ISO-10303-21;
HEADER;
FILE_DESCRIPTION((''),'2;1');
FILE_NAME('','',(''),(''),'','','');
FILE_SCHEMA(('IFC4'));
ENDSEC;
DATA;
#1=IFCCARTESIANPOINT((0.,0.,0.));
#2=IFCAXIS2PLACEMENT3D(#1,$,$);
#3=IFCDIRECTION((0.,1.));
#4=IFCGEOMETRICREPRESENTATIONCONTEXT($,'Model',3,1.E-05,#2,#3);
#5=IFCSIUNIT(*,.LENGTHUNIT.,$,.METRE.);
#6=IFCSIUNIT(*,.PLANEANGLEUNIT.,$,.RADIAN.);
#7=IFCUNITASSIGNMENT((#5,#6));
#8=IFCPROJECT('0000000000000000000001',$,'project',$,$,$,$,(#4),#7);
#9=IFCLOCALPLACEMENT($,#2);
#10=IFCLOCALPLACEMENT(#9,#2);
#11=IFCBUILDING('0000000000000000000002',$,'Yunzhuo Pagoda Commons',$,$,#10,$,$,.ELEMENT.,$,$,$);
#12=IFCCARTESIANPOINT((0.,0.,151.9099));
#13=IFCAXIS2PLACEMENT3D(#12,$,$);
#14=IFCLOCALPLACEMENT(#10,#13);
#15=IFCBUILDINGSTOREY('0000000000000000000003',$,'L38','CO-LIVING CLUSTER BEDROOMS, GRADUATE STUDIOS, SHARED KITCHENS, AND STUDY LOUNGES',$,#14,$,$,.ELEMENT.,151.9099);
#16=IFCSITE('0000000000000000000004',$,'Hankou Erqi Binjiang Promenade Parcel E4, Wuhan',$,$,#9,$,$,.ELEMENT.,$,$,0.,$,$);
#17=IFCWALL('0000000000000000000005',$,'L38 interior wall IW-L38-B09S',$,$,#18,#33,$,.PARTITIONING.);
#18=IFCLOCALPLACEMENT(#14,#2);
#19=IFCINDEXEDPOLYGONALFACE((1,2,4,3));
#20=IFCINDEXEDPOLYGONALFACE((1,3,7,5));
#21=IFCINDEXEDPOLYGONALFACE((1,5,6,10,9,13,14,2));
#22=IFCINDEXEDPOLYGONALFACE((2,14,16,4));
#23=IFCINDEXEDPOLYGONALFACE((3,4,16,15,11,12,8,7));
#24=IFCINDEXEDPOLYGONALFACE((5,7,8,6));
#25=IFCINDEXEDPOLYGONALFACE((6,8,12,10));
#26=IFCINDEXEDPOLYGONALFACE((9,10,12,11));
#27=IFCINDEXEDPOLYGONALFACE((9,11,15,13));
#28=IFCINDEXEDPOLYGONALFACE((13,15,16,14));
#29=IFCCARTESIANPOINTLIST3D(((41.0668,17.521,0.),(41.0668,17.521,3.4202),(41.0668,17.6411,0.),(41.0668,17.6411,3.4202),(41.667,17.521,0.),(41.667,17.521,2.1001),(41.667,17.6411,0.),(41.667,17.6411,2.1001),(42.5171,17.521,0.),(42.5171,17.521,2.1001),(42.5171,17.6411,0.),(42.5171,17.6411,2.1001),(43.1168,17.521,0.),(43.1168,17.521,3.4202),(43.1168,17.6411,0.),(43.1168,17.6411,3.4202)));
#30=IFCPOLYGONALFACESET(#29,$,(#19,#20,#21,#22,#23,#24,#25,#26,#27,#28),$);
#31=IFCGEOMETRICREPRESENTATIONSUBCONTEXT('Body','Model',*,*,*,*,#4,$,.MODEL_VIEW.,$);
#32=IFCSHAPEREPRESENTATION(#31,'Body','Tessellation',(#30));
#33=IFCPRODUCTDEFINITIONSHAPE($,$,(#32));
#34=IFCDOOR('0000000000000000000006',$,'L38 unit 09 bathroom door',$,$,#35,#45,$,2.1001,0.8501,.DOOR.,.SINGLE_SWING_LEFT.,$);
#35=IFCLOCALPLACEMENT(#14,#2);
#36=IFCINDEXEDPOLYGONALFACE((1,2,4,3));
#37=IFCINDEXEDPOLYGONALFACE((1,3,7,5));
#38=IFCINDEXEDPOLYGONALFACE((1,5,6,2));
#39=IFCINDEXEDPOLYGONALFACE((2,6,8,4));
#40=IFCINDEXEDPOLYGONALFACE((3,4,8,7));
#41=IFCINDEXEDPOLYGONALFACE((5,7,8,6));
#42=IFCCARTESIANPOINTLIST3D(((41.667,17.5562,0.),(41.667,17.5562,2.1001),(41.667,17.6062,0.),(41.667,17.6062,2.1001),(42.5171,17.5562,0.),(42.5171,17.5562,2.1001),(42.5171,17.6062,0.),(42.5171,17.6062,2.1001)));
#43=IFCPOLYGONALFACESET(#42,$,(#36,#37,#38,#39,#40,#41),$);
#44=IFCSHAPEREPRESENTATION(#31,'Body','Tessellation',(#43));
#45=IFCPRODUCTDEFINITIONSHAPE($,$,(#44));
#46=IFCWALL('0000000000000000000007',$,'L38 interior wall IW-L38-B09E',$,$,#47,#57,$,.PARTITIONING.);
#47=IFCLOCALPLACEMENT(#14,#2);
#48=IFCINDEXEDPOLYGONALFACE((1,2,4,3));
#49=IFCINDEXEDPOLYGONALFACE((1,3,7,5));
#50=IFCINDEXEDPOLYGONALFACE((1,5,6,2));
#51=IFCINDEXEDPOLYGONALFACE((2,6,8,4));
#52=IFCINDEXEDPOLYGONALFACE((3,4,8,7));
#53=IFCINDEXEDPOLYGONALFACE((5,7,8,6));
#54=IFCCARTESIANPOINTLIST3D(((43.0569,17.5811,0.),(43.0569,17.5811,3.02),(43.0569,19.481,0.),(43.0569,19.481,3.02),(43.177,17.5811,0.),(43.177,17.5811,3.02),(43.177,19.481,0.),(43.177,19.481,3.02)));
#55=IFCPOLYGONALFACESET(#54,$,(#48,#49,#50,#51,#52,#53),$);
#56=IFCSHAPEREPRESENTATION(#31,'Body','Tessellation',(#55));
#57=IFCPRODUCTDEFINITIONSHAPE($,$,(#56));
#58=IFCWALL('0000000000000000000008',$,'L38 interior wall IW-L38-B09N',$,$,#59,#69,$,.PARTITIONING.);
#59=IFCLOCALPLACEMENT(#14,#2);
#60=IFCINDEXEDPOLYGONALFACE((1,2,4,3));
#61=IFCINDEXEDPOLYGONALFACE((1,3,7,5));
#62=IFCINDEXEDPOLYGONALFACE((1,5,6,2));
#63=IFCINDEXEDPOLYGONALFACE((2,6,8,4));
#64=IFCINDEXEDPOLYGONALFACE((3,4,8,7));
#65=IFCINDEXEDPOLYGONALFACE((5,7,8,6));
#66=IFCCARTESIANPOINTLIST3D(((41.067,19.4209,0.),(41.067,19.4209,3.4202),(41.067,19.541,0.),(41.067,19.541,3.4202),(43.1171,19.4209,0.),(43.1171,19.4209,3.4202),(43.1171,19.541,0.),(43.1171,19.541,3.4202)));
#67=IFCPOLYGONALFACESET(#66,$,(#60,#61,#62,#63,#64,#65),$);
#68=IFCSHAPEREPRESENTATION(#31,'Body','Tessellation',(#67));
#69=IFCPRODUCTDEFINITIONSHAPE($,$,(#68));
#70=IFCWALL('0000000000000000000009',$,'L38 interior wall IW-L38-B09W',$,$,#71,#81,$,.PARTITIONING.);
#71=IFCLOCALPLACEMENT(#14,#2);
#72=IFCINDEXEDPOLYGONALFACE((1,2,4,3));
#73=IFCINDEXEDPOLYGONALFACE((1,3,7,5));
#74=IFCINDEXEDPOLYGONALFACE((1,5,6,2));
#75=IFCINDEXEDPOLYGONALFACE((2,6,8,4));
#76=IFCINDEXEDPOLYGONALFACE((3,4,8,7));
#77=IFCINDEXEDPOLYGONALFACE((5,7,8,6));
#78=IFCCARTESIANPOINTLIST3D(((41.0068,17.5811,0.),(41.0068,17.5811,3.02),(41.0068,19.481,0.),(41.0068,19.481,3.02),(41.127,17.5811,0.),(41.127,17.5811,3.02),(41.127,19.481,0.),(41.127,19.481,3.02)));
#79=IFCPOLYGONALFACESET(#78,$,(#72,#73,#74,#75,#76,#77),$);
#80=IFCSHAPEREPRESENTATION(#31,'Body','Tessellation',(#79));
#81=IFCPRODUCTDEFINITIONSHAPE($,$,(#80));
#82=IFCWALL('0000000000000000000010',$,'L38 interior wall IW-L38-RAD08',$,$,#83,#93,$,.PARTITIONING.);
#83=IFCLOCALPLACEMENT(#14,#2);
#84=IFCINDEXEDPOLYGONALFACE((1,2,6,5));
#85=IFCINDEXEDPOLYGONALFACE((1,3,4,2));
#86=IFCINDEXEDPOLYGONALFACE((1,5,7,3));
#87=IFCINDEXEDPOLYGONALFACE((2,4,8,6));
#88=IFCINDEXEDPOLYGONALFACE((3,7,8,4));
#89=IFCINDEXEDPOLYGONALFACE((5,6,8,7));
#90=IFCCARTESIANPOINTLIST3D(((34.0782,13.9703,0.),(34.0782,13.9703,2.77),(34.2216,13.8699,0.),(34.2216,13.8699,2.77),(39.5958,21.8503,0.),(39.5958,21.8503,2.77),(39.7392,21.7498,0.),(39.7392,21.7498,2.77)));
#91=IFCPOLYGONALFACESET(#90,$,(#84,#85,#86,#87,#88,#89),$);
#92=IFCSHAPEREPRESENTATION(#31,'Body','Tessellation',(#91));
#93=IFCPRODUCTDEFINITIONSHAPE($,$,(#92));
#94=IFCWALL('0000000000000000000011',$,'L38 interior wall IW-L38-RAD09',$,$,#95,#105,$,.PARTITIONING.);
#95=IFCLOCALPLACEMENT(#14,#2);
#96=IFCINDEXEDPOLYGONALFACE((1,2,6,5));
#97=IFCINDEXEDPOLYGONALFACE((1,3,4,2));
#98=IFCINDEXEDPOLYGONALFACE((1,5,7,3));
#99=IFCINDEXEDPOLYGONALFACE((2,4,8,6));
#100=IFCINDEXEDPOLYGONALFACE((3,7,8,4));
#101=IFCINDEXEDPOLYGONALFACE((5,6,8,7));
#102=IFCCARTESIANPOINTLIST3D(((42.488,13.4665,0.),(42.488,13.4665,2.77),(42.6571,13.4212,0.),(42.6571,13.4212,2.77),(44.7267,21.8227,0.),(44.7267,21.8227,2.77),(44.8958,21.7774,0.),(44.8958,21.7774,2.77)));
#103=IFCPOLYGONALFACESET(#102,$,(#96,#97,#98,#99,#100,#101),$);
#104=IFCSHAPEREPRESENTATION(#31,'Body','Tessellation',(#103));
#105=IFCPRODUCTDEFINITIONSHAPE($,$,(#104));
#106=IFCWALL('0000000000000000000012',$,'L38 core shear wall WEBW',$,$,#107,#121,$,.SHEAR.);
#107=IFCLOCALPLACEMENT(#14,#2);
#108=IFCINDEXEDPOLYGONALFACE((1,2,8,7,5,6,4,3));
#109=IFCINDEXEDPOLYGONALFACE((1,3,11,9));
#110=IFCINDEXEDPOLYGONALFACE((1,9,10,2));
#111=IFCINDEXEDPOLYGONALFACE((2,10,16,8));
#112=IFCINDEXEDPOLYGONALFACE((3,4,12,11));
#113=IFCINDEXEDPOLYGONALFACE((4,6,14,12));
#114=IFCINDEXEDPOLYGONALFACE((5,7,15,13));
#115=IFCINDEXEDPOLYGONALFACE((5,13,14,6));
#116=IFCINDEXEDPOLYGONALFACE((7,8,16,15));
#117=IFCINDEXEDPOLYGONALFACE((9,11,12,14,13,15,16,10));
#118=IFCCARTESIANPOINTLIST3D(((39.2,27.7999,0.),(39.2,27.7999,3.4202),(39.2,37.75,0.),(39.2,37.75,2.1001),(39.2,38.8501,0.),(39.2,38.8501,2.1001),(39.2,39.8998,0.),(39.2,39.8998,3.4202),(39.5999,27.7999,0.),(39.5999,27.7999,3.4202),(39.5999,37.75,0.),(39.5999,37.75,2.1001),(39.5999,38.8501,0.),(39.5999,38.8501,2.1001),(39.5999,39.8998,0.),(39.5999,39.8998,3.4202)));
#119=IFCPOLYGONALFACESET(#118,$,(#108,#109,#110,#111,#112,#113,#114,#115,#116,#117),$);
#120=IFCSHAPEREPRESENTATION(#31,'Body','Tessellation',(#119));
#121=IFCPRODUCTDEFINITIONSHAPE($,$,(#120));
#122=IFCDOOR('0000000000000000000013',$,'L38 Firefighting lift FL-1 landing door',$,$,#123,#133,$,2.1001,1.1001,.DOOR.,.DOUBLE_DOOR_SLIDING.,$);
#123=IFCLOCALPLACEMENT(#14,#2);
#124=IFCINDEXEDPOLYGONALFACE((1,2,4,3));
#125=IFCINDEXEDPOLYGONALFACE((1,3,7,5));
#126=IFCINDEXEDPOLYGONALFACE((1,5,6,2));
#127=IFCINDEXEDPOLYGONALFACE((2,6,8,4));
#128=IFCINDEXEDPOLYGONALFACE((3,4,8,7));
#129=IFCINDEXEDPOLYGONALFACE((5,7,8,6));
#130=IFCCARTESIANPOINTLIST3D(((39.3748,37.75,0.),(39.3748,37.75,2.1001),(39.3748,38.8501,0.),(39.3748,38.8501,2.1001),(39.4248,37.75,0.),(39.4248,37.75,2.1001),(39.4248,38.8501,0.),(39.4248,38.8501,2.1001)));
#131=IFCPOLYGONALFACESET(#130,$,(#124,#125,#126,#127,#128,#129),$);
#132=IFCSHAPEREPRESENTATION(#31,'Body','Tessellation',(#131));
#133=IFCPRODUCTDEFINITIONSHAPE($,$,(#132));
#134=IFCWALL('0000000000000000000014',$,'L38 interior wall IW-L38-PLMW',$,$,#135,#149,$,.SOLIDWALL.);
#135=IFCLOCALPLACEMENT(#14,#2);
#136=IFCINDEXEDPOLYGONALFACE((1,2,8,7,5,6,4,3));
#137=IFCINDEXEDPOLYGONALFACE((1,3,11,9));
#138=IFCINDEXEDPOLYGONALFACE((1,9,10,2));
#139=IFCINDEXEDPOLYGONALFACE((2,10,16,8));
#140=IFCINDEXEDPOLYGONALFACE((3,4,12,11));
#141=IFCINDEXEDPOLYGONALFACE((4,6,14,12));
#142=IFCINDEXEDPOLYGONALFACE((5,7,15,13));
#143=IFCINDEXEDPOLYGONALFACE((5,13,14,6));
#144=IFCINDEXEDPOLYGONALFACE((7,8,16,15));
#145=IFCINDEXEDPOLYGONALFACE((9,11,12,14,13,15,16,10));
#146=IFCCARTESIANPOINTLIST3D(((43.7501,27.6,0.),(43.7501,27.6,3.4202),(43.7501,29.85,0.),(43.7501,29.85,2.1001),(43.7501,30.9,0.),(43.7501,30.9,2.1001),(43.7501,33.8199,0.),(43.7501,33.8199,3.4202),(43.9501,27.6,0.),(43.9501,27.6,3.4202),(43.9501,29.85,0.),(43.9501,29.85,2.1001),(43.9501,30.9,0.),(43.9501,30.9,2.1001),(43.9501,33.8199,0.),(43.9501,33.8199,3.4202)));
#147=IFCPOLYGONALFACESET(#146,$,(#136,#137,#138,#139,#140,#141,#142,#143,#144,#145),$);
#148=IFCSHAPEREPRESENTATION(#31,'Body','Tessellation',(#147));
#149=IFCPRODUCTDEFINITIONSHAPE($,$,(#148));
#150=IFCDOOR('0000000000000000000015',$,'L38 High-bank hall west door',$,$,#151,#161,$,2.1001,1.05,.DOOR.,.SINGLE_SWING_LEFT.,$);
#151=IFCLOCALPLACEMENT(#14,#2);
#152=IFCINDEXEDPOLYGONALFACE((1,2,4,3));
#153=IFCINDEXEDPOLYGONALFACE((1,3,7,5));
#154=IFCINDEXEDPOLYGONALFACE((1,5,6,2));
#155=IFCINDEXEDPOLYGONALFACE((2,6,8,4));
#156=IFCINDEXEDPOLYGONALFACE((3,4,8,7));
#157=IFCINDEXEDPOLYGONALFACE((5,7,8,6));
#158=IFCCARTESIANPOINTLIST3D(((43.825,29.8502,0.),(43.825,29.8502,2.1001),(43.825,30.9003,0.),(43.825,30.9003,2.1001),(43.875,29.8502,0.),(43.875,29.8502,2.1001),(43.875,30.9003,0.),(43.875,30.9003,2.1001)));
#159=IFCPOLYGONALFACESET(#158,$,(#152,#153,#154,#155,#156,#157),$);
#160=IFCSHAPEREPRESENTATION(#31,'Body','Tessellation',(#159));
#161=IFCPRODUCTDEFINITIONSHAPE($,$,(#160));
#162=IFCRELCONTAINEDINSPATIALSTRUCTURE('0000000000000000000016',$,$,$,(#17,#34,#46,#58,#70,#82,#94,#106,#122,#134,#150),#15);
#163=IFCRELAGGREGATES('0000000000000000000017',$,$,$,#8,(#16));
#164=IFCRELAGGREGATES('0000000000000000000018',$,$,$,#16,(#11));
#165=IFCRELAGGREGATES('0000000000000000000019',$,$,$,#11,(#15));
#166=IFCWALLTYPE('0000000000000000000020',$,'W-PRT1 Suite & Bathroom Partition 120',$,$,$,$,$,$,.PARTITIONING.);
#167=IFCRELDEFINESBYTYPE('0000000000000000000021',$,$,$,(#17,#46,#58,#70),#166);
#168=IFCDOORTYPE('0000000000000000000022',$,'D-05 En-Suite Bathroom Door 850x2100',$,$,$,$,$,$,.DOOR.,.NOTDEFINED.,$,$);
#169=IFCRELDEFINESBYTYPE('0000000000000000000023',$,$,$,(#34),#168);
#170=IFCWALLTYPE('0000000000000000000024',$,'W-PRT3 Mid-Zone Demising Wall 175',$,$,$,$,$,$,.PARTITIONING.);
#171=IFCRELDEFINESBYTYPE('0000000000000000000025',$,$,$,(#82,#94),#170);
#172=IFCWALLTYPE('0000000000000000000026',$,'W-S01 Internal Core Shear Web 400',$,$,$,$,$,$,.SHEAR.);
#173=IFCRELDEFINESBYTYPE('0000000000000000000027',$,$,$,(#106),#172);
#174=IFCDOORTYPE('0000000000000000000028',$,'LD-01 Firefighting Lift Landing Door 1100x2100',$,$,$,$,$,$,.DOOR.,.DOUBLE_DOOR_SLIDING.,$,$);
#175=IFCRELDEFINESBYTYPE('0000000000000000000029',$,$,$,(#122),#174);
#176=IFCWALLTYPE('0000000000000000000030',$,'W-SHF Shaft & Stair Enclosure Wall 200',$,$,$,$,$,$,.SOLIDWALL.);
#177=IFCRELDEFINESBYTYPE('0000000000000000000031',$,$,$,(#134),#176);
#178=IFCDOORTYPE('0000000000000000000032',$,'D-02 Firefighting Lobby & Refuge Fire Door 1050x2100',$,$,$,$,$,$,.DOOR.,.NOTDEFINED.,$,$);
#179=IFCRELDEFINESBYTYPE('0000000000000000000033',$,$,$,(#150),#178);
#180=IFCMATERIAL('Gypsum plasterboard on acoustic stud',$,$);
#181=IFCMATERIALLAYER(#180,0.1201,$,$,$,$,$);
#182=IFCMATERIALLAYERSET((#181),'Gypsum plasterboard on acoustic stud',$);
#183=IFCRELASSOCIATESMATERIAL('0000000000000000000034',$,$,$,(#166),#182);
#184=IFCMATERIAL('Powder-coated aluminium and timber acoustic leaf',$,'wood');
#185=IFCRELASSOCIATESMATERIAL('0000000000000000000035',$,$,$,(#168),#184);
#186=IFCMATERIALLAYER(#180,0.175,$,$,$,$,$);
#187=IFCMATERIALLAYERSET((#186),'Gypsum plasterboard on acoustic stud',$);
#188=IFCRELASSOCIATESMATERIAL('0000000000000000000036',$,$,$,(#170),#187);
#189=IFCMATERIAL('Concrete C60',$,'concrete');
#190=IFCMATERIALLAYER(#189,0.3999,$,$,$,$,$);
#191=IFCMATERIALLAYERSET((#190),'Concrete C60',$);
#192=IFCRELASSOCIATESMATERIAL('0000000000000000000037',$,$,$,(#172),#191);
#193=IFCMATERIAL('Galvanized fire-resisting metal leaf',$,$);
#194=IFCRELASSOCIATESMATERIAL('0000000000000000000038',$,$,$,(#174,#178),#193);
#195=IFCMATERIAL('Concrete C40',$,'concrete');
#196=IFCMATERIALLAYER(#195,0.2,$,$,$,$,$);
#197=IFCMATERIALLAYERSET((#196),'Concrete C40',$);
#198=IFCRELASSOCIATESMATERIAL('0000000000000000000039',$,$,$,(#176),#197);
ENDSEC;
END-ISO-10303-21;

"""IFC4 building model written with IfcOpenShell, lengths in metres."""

from ifc_helpers import new_model, si_unit, direction, frame, frame_2d, origin, place, context, subcontext, project, spatial, rectangle, extrude, source, transform, mapped, material, layer, layer_set, type_object, element, fill, save


model = new_model("IFC4")

# Units and contexts
model_context = context("Model", 3, precision=1e-05, world=origin(), true_north=direction((0.0, 1.0)))
body_context = subcontext(model_context, "Body", "Model", "MODEL_VIEW")
ifc_project = project(units=[si_unit("LENGTHUNIT", "METRE"), si_unit("PLANEANGLEUNIT", "RADIAN")], contexts=[model_context])

# Site, building, storey
site_placement = place(None, origin())
site = spatial("IfcSite", under=ifc_project, at=site_placement, Name="Hankou Erqi Binjiang Promenade Parcel E4, Wuhan", CompositionType="ELEMENT", RefElevation=0.0)
building_placement = place(site_placement, origin())
building = spatial("IfcBuilding", under=site, at=building_placement, Name="Yunzhuo Pagoda Commons", CompositionType="ELEMENT")
storey_placement = place(building_placement, frame((0.0, 0.0, 151.9099)))
storey = spatial("IfcBuildingStorey", under=building, at=storey_placement, Name="L38", Description="CO-LIVING CLUSTER BEDROOMS, GRADUATE STUDIOS, SHARED KITCHENS, AND STUDY LOUNGES", CompositionType="ELEMENT", Elevation=151.9099)

# Shared definitions
ifc_material_1 = material(Name="Gypsum plasterboard on acoustic stud")
ifc_material_2 = material(Name="Galvanized fire-resisting metal leaf")

# Wall, opening, door
ifc_layer_1 = layer(ifc_material_1, 0.1201)
ifc_layer_set_1 = layer_set([ifc_layer_1], Name="Gypsum plasterboard on acoustic stud")
wall_type_1 = type_object("IfcWallType", Name="W-PRT1 Suite & Bathroom Partition 120", PredefinedType="PARTITIONING", material=ifc_layer_set_1)
wall_1_placement = place(storey_placement, frame((41.0669, 17.5811, 0.0), z_axis=(0.0, 0.0, 1.0), x_axis=(1.0, 0.0, 0.0)))
wall_1 = element("IfcWall", 1, at=wall_1_placement, inside=storey, type_object=wall_type_1, Name="L38 interior wall IW-L38-B09S", PredefinedType="PARTITIONING", context=body_context, shape_type="SweptSolid", body=[
    extrude(rectangle(XDim=2.05, YDim=0.1201, at=frame_2d((1.0249, 0.0))), origin(), (0.0, 0.0, 1.0), 3.4202),
])
opening_1_placement = place(wall_1_placement, frame((0.6001, 0.0, 0.0)))
opening_1 = element("IfcOpeningElement", 2, at=opening_1_placement, cuts=wall_1, PredefinedType="OPENING", context=body_context, shape_type="SweptSolid", body=[
    extrude(rectangle(XDim=0.8501, YDim=2.1001, at=frame_2d((0.425, 1.05))), frame((0.0, 0.0701, 0.0), z_axis=(0.0, -1.0, 0.0), x_axis=(1.0, 0.0, 0.0)), (0.0, 0.0, 1.0), 0.1401),
])
ifc_material_3 = material(Name="Powder-coated aluminium and timber acoustic leaf", Category="wood")
door_type_1 = type_object("IfcDoorType", Name="D-05 En-Suite Bathroom Door 850x2100", OperationType="NOTDEFINED", PredefinedType="DOOR", material=ifc_material_3)
shared_shape_1 = source(origin(), body_context, "Body", "SweptSolid", [
    extrude(rectangle(XDim=0.8501, YDim=2.1001, at=frame_2d((0.425, 1.05))), frame((0.0, 0.0249, 0.0), z_axis=(0.0, -1.0, 0.0), x_axis=(1.0, 0.0, 0.0)), (0.0, 0.0, 1.0), 0.05),
])
door_1_placement = place(opening_1_placement, frame((0.8501, 0.0, 0.0), z_axis=(0.0, 0.0, 1.0), x_axis=(-1.0, 0.0, 0.0)))
door_1 = element("IfcDoor", 3, at=door_1_placement, inside=storey, type_object=door_type_1, Name="L38 unit 09 bathroom door", OperationType="SINGLE_SWING_LEFT", OverallHeight=2.1001, OverallWidth=0.8501, PredefinedType="DOOR", context=body_context, shape_type="MappedRepresentation", body=[
    mapped(shared_shape_1, transform((0.0, 0.0, 0.0), scale=1.0)),
])
fill(opening_1, door_1)

# Walls
wall_2_placement = place(storey_placement, frame((43.1169, 17.5811, 0.0), z_axis=(0.0, 0.0, 1.0), x_axis=(0.0, 1.0, 0.0)))
element("IfcWall", 4, at=wall_2_placement, inside=storey, type_object=wall_type_1, Name="L38 interior wall IW-L38-B09E", PredefinedType="PARTITIONING", context=body_context, shape_type="SweptSolid", body=[
    extrude(rectangle(XDim=1.8999, YDim=0.1201, at=frame_2d((0.95, 0.0))), origin(), (0.0, 0.0, 1.0), 3.02),
])
wall_3_placement = place(storey_placement, frame((43.1169, 19.481, 0.0), z_axis=(0.0, 0.0, 1.0), x_axis=(-1.0, 0.0, 0.0)))
element("IfcWall", 5, at=wall_3_placement, inside=storey, type_object=wall_type_1, Name="L38 interior wall IW-L38-B09N", PredefinedType="PARTITIONING", context=body_context, shape_type="SweptSolid", body=[
    extrude(rectangle(XDim=2.05, YDim=0.1201, at=frame_2d((1.0249, 0.0))), origin(), (0.0, 0.0, 1.0), 3.4202),
])
wall_4_placement = place(storey_placement, frame((41.0669, 19.481, 0.0), z_axis=(0.0, 0.0, 1.0), x_axis=(0.0, -1.0, 0.0)))
element("IfcWall", 6, at=wall_4_placement, inside=storey, type_object=wall_type_1, Name="L38 interior wall IW-L38-B09W", PredefinedType="PARTITIONING", context=body_context, shape_type="SweptSolid", body=[
    extrude(rectangle(XDim=1.8999, YDim=0.1201, at=frame_2d((0.95, 0.0))), origin(), (0.0, 0.0, 1.0), 3.02),
])
ifc_layer_2 = layer(ifc_material_1, 0.175)
ifc_layer_set_2 = layer_set([ifc_layer_2], Name="Gypsum plasterboard on acoustic stud")
wall_type_2 = type_object("IfcWallType", Name="W-PRT3 Mid-Zone Demising Wall 175", PredefinedType="PARTITIONING", material=ifc_layer_set_2)
wall_5_placement = place(storey_placement, frame((39.6675, 21.8, 0.0), z_axis=(0.0, 0.0, 1.0), x_axis=(-0.573578, -0.819151, 0.0)))
element("IfcWall", 7, at=wall_5_placement, inside=storey, type_object=wall_type_2, Name="L38 interior wall IW-L38-RAD08", PredefinedType="PARTITIONING", context=body_context, shape_type="SweptSolid", body=[
    extrude(rectangle(XDim=9.6196, YDim=0.175, at=frame_2d((4.8098, 0.0))), origin(), (0.0, 0.0, 1.0), 2.77),
])
wall_6_placement = place(storey_placement, frame((44.8113, 21.8, 0.0), z_axis=(0.0, 0.0, 1.0), x_axis=(-0.25879, -0.965934, 0.0)))
element("IfcWall", 8, at=wall_6_placement, inside=storey, type_object=wall_type_2, Name="L38 interior wall IW-L38-RAD09", PredefinedType="PARTITIONING", context=body_context, shape_type="SweptSolid", body=[
    extrude(rectangle(XDim=8.6509, YDim=0.175, at=frame_2d((4.3254, 0.0))), origin(), (0.0, 0.0, 1.0), 2.77),
])

# Walls, openings, doors
ifc_material_4 = material(Name="Concrete C60", Category="concrete")
ifc_layer_3 = layer(ifc_material_4, 0.3999)
ifc_layer_set_3 = layer_set([ifc_layer_3], Name="Concrete C60")
wall_type_3 = type_object("IfcWallType", Name="W-S01 Internal Core Shear Web 400", PredefinedType="SHEAR", material=ifc_layer_set_3)
wall_7_placement = place(storey_placement, frame((39.3999, 27.8, 0.0), z_axis=(0.0, 0.0, 1.0), x_axis=(0.0, 1.0, 0.0)))
wall_7 = element("IfcWall", 9, at=wall_7_placement, inside=storey, type_object=wall_type_3, Name="L38 core shear wall WEBW", PredefinedType="SHEAR", context=body_context, shape_type="SweptSolid", body=[
    extrude(rectangle(XDim=12.0999, YDim=0.3999, at=frame_2d((6.0498, 0.0))), origin(), (0.0, 0.0, 1.0), 3.4202),
])
opening_2_placement = place(wall_7_placement, frame((9.95, 0.0, 0.0)))
opening_2 = element("IfcOpeningElement", 10, at=opening_2_placement, cuts=wall_7, PredefinedType="OPENING", context=body_context, shape_type="SweptSolid", body=[
    extrude(rectangle(XDim=1.1001, YDim=2.1001, at=frame_2d((0.55, 1.05))), frame((0.0, 0.21, 0.0), z_axis=(0.0, -1.0, 0.0), x_axis=(1.0, 0.0, 0.0)), (0.0, 0.0, 1.0), 0.4199),
])
door_type_2 = type_object("IfcDoorType", Name="LD-01 Firefighting Lift Landing Door 1100x2100", OperationType="DOUBLE_DOOR_SLIDING", PredefinedType="DOOR", material=ifc_material_2)
shared_shape_2 = source(origin(), body_context, "Body", "SweptSolid", [
    extrude(rectangle(XDim=1.1001, YDim=2.1001, at=frame_2d((0.55, 1.05))), frame((0.0, 0.0249, 0.0), z_axis=(0.0, -1.0, 0.0), x_axis=(1.0, 0.0, 0.0)), (0.0, 0.0, 1.0), 0.05),
])
door_2_placement = place(opening_2_placement, frame((1.1001, 0.0, 0.0), z_axis=(0.0, 0.0, 1.0), x_axis=(-1.0, 0.0, 0.0)))
door_2 = element("IfcDoor", 11, at=door_2_placement, inside=storey, type_object=door_type_2, Name="L38 Firefighting lift FL-1 landing door", OperationType="DOUBLE_DOOR_SLIDING", OverallHeight=2.1001, OverallWidth=1.1001, PredefinedType="DOOR", context=body_context, shape_type="MappedRepresentation", body=[
    mapped(shared_shape_2, transform((0.0, 0.0, 0.0), scale=1.0)),
])
fill(opening_2, door_2)
ifc_material_5 = material(Name="Concrete C40", Category="concrete")
ifc_layer_4 = layer(ifc_material_5, 0.2)
ifc_layer_set_4 = layer_set([ifc_layer_4], Name="Concrete C40")
wall_type_4 = type_object("IfcWallType", Name="W-SHF Shaft & Stair Enclosure Wall 200", PredefinedType="SOLIDWALL", material=ifc_layer_set_4)
wall_8_placement = place(storey_placement, frame((43.8501, 27.6001, 0.0), z_axis=(0.0, 0.0, 1.0), x_axis=(0.0, 1.0, 0.0)))
wall_8 = element("IfcWall", 12, at=wall_8_placement, inside=storey, type_object=wall_type_4, Name="L38 interior wall IW-L38-PLMW", PredefinedType="SOLIDWALL", context=body_context, shape_type="SweptSolid", body=[
    extrude(rectangle(XDim=6.22, YDim=0.2, at=frame_2d((3.1099, 0.0))), origin(), (0.0, 0.0, 1.0), 3.4202),
])
opening_3_placement = place(wall_8_placement, frame((2.25, 0.0, 0.0)))
opening_3 = element("IfcOpeningElement", 13, at=opening_3_placement, cuts=wall_8, PredefinedType="OPENING", context=body_context, shape_type="SweptSolid", body=[
    extrude(rectangle(XDim=1.05, YDim=2.1001, at=frame_2d((0.5249, 1.05))), frame((0.0, 0.1099, 0.0), z_axis=(0.0, -1.0, 0.0), x_axis=(1.0, 0.0, 0.0)), (0.0, 0.0, 1.0), 0.22),
])
door_type_3 = type_object("IfcDoorType", Name="D-02 Firefighting Lobby & Refuge Fire Door 1050x2100", OperationType="NOTDEFINED", PredefinedType="DOOR", material=ifc_material_2)
shared_shape_3 = source(origin(), body_context, "Body", "SweptSolid", [
    extrude(rectangle(XDim=1.05, YDim=2.1001, at=frame_2d((0.5249, 1.05))), frame((0.0, 0.0249, 0.0), z_axis=(0.0, -1.0, 0.0), x_axis=(1.0, 0.0, 0.0)), (0.0, 0.0, 1.0), 0.05),
])
door_3_placement = place(opening_3_placement, frame((1.05, 0.0, 0.0), z_axis=(0.0, 0.0, 1.0), x_axis=(-1.0, 0.0, 0.0)))
door_3 = element("IfcDoor", 14, at=door_3_placement, inside=storey, type_object=door_type_3, Name="L38 High-bank hall west door", OperationType="SINGLE_SWING_LEFT", OverallHeight=2.1001, OverallWidth=1.05, PredefinedType="DOOR", context=body_context, shape_type="MappedRepresentation", body=[
    mapped(shared_shape_3, transform((0.0, 0.0, 0.0), scale=1.0)),
])
fill(opening_3, door_3)

save(model, "model.ifc")
